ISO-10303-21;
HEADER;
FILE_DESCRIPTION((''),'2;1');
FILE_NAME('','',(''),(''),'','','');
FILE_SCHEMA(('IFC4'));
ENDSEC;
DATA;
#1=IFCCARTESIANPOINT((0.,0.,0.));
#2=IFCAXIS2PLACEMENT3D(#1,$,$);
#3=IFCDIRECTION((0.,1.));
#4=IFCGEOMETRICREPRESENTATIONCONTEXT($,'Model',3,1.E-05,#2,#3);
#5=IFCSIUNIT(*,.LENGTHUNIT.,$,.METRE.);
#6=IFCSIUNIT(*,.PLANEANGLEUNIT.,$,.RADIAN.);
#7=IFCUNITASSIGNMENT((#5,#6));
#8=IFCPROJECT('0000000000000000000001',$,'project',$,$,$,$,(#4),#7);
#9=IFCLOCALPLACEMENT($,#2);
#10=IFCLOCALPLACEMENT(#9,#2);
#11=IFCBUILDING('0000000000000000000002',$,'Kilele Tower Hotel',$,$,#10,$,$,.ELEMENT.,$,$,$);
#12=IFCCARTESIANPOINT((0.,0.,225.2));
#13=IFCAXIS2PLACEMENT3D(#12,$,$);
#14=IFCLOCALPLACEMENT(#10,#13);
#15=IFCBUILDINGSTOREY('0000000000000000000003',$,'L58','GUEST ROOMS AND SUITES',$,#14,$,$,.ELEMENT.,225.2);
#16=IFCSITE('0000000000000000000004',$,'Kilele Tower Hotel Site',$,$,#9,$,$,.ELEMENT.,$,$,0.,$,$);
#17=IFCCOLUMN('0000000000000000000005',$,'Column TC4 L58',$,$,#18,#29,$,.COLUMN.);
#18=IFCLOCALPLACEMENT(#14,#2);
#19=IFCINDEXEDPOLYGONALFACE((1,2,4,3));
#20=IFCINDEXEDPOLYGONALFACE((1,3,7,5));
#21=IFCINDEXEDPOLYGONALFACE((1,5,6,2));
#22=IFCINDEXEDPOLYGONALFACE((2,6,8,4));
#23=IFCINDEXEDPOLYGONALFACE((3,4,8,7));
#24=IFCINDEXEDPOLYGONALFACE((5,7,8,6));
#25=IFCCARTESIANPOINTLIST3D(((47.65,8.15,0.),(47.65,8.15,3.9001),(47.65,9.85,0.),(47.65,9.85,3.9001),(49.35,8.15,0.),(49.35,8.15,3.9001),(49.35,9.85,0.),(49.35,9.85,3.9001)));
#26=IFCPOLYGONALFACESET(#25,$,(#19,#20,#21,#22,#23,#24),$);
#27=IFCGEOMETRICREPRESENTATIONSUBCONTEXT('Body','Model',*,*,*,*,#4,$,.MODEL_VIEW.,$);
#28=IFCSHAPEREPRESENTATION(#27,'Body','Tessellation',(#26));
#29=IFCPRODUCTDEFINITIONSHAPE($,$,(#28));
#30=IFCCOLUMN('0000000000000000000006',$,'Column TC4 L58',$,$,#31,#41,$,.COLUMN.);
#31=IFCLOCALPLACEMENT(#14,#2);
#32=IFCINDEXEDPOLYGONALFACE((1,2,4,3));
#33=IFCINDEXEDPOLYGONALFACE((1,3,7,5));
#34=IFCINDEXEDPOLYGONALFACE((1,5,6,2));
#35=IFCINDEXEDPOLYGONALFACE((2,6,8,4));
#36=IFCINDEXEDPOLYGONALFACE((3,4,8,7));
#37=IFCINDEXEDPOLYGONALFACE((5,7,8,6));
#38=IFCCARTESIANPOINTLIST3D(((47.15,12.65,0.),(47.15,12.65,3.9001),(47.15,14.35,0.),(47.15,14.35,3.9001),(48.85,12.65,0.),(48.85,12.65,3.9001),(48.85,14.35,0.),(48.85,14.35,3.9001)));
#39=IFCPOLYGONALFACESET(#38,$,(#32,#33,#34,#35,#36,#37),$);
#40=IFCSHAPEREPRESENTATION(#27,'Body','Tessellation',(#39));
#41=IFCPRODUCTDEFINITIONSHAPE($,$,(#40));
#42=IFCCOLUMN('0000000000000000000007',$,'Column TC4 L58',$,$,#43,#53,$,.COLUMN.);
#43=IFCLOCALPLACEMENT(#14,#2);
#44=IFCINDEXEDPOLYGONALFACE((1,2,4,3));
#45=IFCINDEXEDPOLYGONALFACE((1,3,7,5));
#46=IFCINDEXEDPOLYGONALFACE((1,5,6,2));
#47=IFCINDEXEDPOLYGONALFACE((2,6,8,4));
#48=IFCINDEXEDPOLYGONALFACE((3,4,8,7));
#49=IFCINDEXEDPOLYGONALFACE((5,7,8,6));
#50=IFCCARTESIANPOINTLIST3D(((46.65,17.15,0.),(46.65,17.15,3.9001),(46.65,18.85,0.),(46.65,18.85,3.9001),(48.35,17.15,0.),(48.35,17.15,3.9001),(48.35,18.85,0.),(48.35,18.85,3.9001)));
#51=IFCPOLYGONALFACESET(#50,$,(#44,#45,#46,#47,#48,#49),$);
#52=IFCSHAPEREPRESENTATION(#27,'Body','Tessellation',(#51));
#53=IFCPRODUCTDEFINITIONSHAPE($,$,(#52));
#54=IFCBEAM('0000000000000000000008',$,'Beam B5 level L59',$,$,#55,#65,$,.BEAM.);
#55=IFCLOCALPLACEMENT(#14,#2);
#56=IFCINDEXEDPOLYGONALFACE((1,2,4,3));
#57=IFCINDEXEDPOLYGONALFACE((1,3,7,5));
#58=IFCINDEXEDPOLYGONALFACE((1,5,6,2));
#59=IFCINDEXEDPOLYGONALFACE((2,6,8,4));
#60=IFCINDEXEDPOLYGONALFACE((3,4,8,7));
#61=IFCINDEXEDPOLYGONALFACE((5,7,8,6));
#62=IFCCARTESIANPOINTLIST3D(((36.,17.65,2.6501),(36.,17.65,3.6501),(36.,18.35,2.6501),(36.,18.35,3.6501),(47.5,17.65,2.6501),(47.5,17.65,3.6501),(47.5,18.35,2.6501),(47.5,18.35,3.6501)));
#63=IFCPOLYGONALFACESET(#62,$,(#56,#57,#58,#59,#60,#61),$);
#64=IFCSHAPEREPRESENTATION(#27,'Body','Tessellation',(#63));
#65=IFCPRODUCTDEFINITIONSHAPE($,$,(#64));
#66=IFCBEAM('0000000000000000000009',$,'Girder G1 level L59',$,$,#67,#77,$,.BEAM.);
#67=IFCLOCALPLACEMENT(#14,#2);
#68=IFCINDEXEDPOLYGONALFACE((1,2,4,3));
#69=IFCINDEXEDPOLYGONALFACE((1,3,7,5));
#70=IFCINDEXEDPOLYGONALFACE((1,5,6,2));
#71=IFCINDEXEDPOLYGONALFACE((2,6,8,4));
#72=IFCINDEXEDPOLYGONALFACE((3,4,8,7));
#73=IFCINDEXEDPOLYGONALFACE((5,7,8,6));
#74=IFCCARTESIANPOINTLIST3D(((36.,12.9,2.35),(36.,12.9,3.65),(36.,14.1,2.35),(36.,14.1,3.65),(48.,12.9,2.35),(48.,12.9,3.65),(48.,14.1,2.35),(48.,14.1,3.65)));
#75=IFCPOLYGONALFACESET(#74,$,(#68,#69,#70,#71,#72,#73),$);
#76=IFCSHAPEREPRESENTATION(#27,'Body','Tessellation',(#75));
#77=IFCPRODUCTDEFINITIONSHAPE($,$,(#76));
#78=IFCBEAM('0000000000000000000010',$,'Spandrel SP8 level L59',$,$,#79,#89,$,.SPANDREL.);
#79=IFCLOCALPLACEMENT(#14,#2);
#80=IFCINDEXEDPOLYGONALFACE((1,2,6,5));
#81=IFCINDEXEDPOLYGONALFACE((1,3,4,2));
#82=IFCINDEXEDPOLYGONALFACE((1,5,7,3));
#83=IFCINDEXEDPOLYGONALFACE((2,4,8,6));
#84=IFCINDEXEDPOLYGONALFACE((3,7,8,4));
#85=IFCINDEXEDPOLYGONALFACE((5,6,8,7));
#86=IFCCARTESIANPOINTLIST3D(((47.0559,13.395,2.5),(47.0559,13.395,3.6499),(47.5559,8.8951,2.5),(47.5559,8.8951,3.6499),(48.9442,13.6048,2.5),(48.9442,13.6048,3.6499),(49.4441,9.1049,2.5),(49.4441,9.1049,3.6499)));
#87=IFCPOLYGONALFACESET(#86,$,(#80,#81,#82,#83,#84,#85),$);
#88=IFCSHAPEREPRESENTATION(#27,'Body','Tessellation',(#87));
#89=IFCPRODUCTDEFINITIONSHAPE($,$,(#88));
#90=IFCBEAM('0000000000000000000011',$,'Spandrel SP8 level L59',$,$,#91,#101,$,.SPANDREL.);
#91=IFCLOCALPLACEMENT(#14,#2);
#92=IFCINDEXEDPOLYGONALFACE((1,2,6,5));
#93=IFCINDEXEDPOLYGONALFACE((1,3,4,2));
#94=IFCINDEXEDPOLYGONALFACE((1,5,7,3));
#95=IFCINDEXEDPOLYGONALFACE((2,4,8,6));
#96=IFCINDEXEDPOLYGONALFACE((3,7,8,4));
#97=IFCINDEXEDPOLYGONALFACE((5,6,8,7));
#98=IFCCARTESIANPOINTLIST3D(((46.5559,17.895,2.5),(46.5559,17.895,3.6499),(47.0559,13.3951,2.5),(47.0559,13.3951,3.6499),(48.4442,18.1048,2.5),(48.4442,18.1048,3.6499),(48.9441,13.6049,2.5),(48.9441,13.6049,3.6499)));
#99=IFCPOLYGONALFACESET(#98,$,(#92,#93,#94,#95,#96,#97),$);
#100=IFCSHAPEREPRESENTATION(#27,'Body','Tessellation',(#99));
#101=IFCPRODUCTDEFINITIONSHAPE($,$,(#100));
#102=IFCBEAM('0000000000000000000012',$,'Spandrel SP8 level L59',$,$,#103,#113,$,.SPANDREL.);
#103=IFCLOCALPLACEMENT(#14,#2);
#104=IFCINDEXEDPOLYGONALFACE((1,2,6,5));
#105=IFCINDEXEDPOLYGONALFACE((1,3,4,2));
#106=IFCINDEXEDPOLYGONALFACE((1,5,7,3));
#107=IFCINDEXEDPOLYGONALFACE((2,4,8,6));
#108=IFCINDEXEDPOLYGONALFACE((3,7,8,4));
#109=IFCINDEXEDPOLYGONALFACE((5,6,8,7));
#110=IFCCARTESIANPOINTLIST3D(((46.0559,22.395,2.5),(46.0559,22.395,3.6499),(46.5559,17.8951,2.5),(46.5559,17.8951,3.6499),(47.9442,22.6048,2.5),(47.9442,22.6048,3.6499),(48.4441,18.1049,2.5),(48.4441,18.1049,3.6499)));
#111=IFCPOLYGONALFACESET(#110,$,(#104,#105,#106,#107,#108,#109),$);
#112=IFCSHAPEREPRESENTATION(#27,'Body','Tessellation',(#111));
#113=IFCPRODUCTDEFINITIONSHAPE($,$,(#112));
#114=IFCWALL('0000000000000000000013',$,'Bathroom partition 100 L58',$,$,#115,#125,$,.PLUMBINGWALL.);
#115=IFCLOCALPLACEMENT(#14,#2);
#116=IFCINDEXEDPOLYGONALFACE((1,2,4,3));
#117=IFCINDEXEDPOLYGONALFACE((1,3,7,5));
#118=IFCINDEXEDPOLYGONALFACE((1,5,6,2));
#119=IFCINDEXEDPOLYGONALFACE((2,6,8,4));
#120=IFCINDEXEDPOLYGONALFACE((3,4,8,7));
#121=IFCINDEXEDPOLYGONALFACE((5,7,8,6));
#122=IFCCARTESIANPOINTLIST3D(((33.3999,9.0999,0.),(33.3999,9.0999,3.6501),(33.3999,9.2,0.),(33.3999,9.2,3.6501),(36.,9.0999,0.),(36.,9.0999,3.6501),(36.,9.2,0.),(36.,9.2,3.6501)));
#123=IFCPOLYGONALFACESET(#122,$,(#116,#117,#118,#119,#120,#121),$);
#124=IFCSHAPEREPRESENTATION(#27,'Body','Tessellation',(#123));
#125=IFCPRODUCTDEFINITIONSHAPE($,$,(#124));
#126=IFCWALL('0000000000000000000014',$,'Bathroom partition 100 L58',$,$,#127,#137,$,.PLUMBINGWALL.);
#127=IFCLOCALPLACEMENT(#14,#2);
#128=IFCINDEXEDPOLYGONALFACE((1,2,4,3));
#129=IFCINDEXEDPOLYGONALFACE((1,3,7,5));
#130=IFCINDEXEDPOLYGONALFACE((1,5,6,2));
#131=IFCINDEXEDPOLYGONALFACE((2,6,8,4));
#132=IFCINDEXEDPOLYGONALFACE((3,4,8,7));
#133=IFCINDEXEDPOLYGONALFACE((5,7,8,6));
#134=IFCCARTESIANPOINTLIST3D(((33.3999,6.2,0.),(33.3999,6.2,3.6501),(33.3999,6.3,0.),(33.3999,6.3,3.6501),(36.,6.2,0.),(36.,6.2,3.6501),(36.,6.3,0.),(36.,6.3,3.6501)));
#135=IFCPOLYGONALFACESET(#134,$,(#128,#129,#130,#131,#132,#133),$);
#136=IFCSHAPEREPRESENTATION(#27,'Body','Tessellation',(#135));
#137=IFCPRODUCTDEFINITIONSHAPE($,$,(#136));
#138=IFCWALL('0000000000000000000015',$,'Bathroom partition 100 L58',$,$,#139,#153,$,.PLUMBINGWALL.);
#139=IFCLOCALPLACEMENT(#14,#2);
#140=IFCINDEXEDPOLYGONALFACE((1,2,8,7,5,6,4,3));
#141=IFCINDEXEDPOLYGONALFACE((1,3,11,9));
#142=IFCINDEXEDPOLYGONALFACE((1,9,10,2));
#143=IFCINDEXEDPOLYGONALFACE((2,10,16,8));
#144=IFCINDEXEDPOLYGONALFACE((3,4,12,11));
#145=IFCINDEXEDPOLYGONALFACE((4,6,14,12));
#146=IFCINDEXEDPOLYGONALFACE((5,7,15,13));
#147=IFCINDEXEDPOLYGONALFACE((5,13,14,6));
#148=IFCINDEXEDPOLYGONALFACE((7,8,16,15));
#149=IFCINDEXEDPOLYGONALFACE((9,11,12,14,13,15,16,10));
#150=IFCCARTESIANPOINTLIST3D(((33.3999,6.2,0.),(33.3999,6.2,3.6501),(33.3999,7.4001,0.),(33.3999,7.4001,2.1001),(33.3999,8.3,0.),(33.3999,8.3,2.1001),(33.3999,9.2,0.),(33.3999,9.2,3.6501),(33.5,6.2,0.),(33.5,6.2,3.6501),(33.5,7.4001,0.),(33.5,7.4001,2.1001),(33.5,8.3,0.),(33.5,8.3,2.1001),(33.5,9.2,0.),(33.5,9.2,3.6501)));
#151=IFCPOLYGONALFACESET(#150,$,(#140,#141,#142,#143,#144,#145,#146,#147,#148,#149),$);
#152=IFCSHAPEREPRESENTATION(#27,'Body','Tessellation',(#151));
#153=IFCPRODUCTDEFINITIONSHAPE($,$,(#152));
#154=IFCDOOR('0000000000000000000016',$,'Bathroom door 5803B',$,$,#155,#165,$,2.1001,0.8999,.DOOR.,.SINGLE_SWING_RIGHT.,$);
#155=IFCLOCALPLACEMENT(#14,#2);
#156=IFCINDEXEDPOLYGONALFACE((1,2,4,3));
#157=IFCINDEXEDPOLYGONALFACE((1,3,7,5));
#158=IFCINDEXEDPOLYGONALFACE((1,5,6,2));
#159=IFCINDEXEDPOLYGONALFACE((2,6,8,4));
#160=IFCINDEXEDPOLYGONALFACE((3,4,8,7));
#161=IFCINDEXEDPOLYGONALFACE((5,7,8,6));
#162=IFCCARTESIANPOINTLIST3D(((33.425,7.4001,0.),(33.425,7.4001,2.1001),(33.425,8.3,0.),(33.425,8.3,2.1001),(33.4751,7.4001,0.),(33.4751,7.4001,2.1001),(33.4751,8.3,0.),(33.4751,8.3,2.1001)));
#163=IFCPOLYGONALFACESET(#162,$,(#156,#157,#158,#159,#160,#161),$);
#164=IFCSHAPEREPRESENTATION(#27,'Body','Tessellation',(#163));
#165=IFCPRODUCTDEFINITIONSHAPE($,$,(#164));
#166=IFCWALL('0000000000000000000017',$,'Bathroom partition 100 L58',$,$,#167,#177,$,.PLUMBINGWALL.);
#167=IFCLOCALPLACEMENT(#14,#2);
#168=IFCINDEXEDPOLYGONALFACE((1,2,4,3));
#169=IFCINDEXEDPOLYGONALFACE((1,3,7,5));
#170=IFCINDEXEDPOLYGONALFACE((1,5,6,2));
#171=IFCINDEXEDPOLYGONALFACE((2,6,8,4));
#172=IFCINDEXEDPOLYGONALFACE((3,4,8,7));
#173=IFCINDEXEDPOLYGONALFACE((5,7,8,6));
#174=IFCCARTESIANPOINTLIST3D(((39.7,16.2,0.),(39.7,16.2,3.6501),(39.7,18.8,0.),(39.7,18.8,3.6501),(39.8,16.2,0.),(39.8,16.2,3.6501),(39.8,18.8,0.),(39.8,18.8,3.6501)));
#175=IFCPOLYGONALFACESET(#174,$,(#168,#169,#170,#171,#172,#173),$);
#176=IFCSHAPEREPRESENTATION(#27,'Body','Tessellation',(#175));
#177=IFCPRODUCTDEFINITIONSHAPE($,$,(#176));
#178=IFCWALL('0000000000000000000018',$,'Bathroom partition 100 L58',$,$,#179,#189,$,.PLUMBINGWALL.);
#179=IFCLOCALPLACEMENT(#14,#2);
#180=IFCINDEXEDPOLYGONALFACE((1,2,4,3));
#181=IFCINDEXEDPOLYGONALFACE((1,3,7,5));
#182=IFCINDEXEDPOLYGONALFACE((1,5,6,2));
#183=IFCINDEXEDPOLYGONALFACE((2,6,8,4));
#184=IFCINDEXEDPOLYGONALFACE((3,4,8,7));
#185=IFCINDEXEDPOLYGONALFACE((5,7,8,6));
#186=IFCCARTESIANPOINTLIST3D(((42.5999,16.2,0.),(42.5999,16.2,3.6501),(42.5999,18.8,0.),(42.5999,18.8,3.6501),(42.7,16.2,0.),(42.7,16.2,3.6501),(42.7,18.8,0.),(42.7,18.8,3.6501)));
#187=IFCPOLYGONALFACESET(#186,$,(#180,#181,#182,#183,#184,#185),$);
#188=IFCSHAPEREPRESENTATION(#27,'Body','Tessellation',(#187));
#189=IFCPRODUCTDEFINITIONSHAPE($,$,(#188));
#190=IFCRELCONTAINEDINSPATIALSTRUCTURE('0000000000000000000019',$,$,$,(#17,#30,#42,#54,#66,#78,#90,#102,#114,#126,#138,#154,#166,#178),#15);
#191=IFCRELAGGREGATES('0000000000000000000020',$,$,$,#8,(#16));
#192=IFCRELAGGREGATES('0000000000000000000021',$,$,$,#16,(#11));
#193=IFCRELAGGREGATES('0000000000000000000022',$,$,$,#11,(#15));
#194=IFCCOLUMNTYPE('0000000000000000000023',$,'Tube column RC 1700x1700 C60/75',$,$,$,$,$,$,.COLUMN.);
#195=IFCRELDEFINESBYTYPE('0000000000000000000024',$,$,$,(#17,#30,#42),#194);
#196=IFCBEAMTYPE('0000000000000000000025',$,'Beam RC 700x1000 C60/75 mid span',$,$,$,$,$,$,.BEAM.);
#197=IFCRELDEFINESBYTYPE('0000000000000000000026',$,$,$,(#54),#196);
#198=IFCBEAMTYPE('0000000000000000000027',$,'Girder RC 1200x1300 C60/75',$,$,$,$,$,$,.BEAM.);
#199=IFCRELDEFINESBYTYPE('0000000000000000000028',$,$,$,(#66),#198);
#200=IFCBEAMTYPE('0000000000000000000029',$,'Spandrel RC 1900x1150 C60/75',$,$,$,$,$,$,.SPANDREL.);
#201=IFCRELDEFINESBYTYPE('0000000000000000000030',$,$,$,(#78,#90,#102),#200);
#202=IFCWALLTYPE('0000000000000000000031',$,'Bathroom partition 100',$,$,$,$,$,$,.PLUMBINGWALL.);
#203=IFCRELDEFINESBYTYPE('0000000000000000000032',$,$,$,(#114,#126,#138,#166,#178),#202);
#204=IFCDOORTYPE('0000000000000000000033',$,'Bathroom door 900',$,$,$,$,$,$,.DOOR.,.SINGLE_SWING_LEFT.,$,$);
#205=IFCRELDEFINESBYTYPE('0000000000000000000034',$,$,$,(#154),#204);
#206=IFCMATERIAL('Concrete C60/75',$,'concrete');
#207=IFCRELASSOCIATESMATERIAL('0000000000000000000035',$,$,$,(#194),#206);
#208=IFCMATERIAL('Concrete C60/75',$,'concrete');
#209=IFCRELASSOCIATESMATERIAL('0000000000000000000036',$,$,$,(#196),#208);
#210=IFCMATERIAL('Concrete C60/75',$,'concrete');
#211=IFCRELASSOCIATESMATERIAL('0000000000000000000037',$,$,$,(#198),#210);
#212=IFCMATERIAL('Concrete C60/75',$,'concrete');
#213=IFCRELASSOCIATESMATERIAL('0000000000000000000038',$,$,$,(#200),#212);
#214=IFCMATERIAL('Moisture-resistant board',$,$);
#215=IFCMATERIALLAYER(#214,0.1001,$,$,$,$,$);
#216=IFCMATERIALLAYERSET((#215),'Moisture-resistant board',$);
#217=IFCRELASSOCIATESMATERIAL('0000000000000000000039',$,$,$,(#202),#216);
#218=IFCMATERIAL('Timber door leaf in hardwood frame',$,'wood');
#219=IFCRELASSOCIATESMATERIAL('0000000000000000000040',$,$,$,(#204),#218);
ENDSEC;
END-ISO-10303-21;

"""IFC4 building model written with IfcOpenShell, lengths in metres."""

from ifc_helpers import new_model, si_unit, direction, frame, frame_2d, origin, origin_2d, place, context, subcontext, project, spatial, rectangle, extrude, material, layer, layer_set, material_profile, profile_set, type_object, element, fill, save


model = new_model("IFC4")

# Units and contexts
model_context = context("Model", 3, precision=1e-05, world=origin(), true_north=direction((0.0, 1.0)))
body_context = subcontext(model_context, "Body", "Model", "MODEL_VIEW")
ifc_project = project(units=[si_unit("LENGTHUNIT", "METRE"), si_unit("PLANEANGLEUNIT", "RADIAN")], contexts=[model_context])

# Site, building, storey
site_placement = place(None, origin())
site = spatial("IfcSite", under=ifc_project, at=site_placement, Name="Kilele Tower Hotel Site", CompositionType="ELEMENT", RefElevation=0.0)
building_placement = place(site_placement, origin())
building = spatial("IfcBuilding", under=site, at=building_placement, Name="Kilele Tower Hotel", CompositionType="ELEMENT")
storey_placement = place(building_placement, frame((0.0, 0.0, 225.2)))
storey = spatial("IfcBuildingStorey", under=building, at=storey_placement, Name="L58", Description="GUEST ROOMS AND SUITES", CompositionType="ELEMENT", Elevation=225.2)

# Columns
ifc_material_1 = material(Name="Concrete C60/75", Category="concrete")
ifc_material_profile_1 = material_profile(ifc_material_1, rectangle(XDim=1.7, YDim=1.7, at=origin_2d()))
ifc_profile_set_1 = profile_set([ifc_material_profile_1], Name="Concrete C60/75")
column_type = type_object("IfcColumnType", Name="Tube column RC 1700x1700 C60/75", PredefinedType="COLUMN", material=ifc_profile_set_1)
for number, where, z_axis, x_axis, name in (
    (1, (48.5, 9.0, 0.0), (0.0, 0.0, 1.0), (1.0, 0.0, 0.0), "Column TC4 L58"),
    (2, (48.0, 13.5, 0.0), (0.0, 0.0, 1.0), (1.0, 0.0, 0.0), "Column TC4 L58"),
    (3, (47.5, 18.0, 0.0), (0.0, 0.0, 1.0), (1.0, 0.0, 0.0), "Column TC4 L58"),
):
    element("IfcColumn", number, at=place(storey_placement, frame(where, z_axis=z_axis, x_axis=x_axis)), inside=storey, type_object=column_type, Name=name, PredefinedType="COLUMN", context=body_context, shape_type="SweptSolid", body=[
        extrude(rectangle(XDim=1.7, YDim=1.7, at=origin_2d()), origin(), (0.0, 0.0, 1.0), 3.9001),
    ])

# Beams
ifc_material_2 = material(Name="Concrete C60/75", Category="concrete")
ifc_material_profile_2 = material_profile(ifc_material_2, rectangle(XDim=0.7, YDim=1.0, at=origin_2d()))
ifc_profile_set_2 = profile_set([ifc_material_profile_2], Name="Concrete C60/75")
beam_type_1 = type_object("IfcBeamType", Name="Beam RC 700x1000 C60/75 mid span", PredefinedType="BEAM", material=ifc_profile_set_2)
beam_1_placement = place(storey_placement, frame((47.5, 18.0, 3.1501), z_axis=(-1.0, 0.0, 0.0), x_axis=(0.0, -1.0, 0.0)))
element("IfcBeam", 4, at=beam_1_placement, inside=storey, type_object=beam_type_1, Name="Beam B5 level L59", PredefinedType="BEAM", context=body_context, shape_type="SweptSolid", body=[
    extrude(rectangle(XDim=0.7, YDim=1.0, at=origin_2d()), origin(), (0.0, 0.0, 1.0), 11.5),
])
ifc_material_3 = material(Name="Concrete C60/75", Category="concrete")
ifc_material_profile_3 = material_profile(ifc_material_3, rectangle(XDim=1.2, YDim=1.3, at=origin_2d()))
ifc_profile_set_3 = profile_set([ifc_material_profile_3], Name="Concrete C60/75")
beam_type_2 = type_object("IfcBeamType", Name="Girder RC 1200x1300 C60/75", PredefinedType="BEAM", material=ifc_profile_set_3)
beam_2_placement = place(storey_placement, frame((48.0, 13.5, 3.0), z_axis=(-1.0, 0.0, 0.0), x_axis=(0.0, -1.0, 0.0)))
element("IfcBeam", 5, at=beam_2_placement, inside=storey, type_object=beam_type_2, Name="Girder G1 level L59", PredefinedType="BEAM", context=body_context, shape_type="SweptSolid", body=[
    extrude(rectangle(XDim=1.2, YDim=1.3, at=origin_2d()), origin(), (0.0, 0.0, 1.0), 12.0),
])
ifc_material_4 = material(Name="Concrete C60/75", Category="concrete")
ifc_material_profile_4 = material_profile(ifc_material_4, rectangle(XDim=1.8999, YDim=1.1499, at=origin_2d()))
ifc_profile_set_4 = profile_set([ifc_material_profile_4], Name="Concrete C60/75")
beam_type_3 = type_object("IfcBeamType", Name="Spandrel RC 1900x1150 C60/75", PredefinedType="SPANDREL", material=ifc_profile_set_4)
for number, where, z_axis, x_axis, name in (
    (6, (48.5, 9.0, 3.075), (-0.110432, 0.993884, 0.0), (-0.993884, -0.110432, 0.0), "Spandrel SP8 level L59"),
    (7, (48.0, 13.5, 3.075), (-0.110432, 0.993884, 0.0), (-0.993884, -0.110432, 0.0), "Spandrel SP8 level L59"),
    (8, (47.5, 18.0, 3.075), (-0.110432, 0.993884, 0.0), (-0.993884, -0.110432, 0.0), "Spandrel SP8 level L59"),
):
    element("IfcBeam", number, at=place(storey_placement, frame(where, z_axis=z_axis, x_axis=x_axis)), inside=storey, type_object=beam_type_3, Name=name, PredefinedType="SPANDREL", context=body_context, shape_type="SweptSolid", body=[
        extrude(rectangle(XDim=1.8999, YDim=1.1499, at=origin_2d()), origin(), (0.0, 0.0, 1.0), 4.5276),
    ])

# Walls
ifc_material_5 = material(Name="Moisture-resistant board")
ifc_layer_1 = layer(ifc_material_5, 0.1001)
ifc_layer_set_1 = layer_set([ifc_layer_1], Name="Moisture-resistant board")
wall_type_1 = type_object("IfcWallType", Name="Bathroom partition 100", PredefinedType="PLUMBINGWALL", material=ifc_layer_set_1)
for number, where, z_axis, x_axis, name in (
    (9, (33.3999, 9.1499, 0.0), (0.0, 0.0, 1.0), (1.0, 0.0, 0.0), "Bathroom partition 100 L58"),
    (10, (33.3999, 6.25, 0.0), (0.0, 0.0, 1.0), (1.0, 0.0, 0.0), "Bathroom partition 100 L58"),
):
    element("IfcWall", number, at=place(storey_placement, frame(where, z_axis=z_axis, x_axis=x_axis)), inside=storey, type_object=wall_type_1, Name=name, PredefinedType="PLUMBINGWALL", context=body_context, shape_type="SweptSolid", body=[
        extrude(rectangle(XDim=2.6001, YDim=0.1001, at=frame_2d((1.3, 0.0))), origin(), (0.0, 0.0, 1.0), 3.6501),
    ])

# Wall, opening, door
wall_1_placement = place(storey_placement, frame((33.45, 9.2, 0.0), z_axis=(0.0, 0.0, 1.0), x_axis=(0.0, -1.0, 0.0)))
wall_1 = element("IfcWall", 11, at=wall_1_placement, inside=storey, type_object=wall_type_1, Name="Bathroom partition 100 L58", PredefinedType="PLUMBINGWALL", context=body_context, shape_type="SweptSolid", body=[
    extrude(rectangle(XDim=3.0, YDim=0.1001, at=frame_2d((1.5, 0.0))), origin(), (0.0, 0.0, 1.0), 3.6501),
])
opening_1_placement = place(wall_1_placement, frame((1.7998, 0.0, 0.0), z_axis=(0.0, 0.0, 1.0), x_axis=(-1.0, 0.0, 0.0)))
opening_1 = element("IfcOpeningElement", 12, at=opening_1_placement, cuts=wall_1, PredefinedType="OPENING", context=body_context, shape_type="SweptSolid", body=[
    extrude(rectangle(XDim=0.8999, YDim=2.1001, at=frame_2d((0.45, 1.05))), frame((0.0, 0.0601, 0.0), z_axis=(0.0, -1.0, 0.0), x_axis=(1.0, 0.0, 0.0)), (0.0, 0.0, 1.0), 0.1201),
])
ifc_material_6 = material(Name="Timber door leaf in hardwood frame", Category="wood")
door_type_1 = type_object("IfcDoorType", Name="Bathroom door 900", OperationType="SINGLE_SWING_LEFT", PredefinedType="DOOR", material=ifc_material_6)
door_1_placement = place(opening_1_placement, origin())
door_1 = element("IfcDoor", 13, at=door_1_placement, inside=storey, type_object=door_type_1, Name="Bathroom door 5803B", OperationType="SINGLE_SWING_RIGHT", OverallHeight=2.1001, OverallWidth=0.8999, PredefinedType="DOOR", context=body_context, shape_type="SweptSolid", body=[
    extrude(rectangle(XDim=0.8999, YDim=2.1001, at=frame_2d((0.45, 1.05))), frame((0.0, 0.0249, 0.0), z_axis=(0.0, -1.0, 0.0), x_axis=(1.0, 0.0, 0.0)), (0.0, 0.0, 1.0), 0.05),
])
fill(opening_1, door_1)

# Walls
for number, where, z_axis, x_axis, name in (
    (14, (39.75, 16.2, 0.0), (0.0, 0.0, 1.0), (0.0, 1.0, 0.0), "Bathroom partition 100 L58"),
    (15, (42.6499, 16.2, 0.0), (0.0, 0.0, 1.0), (0.0, 1.0, 0.0), "Bathroom partition 100 L58"),
):
    element("IfcWall", number, at=place(storey_placement, frame(where, z_axis=z_axis, x_axis=x_axis)), inside=storey, type_object=wall_type_1, Name=name, PredefinedType="PLUMBINGWALL", context=body_context, shape_type="SweptSolid", body=[
        extrude(rectangle(XDim=2.6001, YDim=0.1001, at=frame_2d((1.3, 0.0))), origin(), (0.0, 0.0, 1.0), 3.6501),
    ])

save(model, "model.ifc")
